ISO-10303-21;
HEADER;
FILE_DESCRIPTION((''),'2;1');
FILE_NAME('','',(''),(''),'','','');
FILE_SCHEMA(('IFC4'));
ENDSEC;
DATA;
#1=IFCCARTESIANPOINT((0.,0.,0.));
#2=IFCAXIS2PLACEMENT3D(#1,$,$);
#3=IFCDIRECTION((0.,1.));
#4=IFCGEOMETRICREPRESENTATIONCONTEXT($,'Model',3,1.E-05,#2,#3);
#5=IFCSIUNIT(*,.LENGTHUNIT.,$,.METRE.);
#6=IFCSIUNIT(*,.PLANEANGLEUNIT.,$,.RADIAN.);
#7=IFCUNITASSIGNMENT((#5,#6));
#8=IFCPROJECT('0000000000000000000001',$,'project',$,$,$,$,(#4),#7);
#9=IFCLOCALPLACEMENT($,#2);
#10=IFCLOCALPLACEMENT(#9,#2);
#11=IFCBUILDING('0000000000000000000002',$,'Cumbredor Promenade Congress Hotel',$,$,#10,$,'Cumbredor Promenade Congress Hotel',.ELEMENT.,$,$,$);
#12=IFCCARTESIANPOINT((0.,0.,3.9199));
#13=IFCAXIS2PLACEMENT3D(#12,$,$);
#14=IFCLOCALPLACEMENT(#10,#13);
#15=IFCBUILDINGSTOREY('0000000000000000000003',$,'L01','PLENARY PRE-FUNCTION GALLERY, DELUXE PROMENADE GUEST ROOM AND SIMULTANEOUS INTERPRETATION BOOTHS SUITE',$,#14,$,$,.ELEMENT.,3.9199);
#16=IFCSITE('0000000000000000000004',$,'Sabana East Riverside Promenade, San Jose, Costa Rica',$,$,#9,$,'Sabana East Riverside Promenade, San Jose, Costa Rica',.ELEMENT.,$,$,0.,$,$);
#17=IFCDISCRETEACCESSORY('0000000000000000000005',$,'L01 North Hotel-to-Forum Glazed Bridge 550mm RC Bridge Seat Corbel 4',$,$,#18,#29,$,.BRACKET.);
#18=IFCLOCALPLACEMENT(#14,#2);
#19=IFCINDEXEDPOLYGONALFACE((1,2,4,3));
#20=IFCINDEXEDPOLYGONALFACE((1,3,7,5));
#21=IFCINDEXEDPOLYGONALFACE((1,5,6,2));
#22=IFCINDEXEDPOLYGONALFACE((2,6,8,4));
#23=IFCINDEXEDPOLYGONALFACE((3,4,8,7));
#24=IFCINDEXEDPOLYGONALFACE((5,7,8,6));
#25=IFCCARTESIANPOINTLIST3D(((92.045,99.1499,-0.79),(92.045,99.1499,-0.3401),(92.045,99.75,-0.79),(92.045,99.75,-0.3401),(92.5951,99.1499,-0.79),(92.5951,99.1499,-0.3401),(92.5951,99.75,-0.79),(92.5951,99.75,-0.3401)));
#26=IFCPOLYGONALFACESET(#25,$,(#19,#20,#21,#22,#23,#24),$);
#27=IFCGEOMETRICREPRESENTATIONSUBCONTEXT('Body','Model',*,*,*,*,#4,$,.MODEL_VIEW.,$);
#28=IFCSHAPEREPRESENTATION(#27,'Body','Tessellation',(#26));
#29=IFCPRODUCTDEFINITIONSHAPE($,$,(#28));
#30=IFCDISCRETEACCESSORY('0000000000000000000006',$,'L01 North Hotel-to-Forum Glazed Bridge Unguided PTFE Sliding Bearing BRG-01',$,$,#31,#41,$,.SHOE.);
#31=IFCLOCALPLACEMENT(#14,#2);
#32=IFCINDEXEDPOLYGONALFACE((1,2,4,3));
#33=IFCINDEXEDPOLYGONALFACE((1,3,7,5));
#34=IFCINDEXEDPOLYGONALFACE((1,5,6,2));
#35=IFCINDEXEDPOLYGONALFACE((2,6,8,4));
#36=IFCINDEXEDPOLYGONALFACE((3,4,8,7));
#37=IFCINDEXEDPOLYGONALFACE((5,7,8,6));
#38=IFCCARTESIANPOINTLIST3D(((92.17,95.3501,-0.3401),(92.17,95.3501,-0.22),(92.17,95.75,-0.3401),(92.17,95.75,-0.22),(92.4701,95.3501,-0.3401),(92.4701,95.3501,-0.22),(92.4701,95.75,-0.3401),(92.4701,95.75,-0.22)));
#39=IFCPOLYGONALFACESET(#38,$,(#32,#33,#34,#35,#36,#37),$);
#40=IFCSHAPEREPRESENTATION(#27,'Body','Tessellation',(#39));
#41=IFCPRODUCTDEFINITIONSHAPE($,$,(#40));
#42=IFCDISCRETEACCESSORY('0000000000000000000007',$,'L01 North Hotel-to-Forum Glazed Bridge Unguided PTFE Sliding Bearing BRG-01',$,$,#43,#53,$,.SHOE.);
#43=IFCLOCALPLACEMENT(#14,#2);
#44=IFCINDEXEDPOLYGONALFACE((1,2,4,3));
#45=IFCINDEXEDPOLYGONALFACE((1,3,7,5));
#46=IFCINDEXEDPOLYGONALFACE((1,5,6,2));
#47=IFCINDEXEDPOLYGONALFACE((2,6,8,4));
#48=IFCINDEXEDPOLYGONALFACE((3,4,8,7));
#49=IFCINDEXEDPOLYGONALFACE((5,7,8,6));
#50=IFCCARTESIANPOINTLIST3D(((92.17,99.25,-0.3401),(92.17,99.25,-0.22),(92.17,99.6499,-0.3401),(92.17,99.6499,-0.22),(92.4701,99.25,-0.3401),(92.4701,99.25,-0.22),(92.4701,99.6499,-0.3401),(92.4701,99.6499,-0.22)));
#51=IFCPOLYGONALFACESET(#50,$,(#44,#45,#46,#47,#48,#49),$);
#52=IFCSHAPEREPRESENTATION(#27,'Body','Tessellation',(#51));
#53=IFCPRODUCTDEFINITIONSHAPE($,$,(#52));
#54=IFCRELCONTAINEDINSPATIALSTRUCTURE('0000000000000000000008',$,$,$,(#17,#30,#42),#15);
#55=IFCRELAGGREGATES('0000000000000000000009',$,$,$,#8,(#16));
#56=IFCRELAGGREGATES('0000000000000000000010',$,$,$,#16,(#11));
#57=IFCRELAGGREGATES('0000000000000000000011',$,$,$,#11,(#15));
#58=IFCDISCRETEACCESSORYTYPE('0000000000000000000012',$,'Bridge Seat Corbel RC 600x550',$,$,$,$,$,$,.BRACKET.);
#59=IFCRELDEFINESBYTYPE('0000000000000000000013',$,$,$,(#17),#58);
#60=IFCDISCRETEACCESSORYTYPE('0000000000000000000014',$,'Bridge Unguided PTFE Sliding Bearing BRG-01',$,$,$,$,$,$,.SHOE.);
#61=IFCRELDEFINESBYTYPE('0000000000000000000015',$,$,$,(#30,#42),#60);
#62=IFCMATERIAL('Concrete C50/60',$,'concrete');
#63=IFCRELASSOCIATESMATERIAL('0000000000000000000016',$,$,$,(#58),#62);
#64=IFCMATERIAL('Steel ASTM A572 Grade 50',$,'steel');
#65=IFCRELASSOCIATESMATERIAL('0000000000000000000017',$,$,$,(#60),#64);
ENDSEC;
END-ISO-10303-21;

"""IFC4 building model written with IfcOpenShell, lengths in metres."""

from ifc_helpers import new_model, si_unit, direction, frame, origin, origin_2d, place, context, subcontext, project, spatial, rectangle, extrude, material, type_object, element, save


model = new_model("IFC4")

# Units and contexts
model_context = context("Model", 3, precision=1e-05, world=origin(), true_north=direction((0.0, 1.0)))
body_context = subcontext(model_context, "Body", "Model", "MODEL_VIEW")
ifc_project = project(units=[si_unit("LENGTHUNIT", "METRE"), si_unit("PLANEANGLEUNIT", "RADIAN")], contexts=[model_context])

# Site, building, storey
site_placement = place(None, origin())
site = spatial("IfcSite", under=ifc_project, at=site_placement, Name="Sabana East Riverside Promenade, San Jose, Costa Rica", LongName="Sabana East Riverside Promenade, San Jose, Costa Rica", CompositionType="ELEMENT", RefElevation=0.0)
building_placement = place(site_placement, origin())
building = spatial("IfcBuilding", under=site, at=building_placement, Name="Cumbredor Promenade Congress Hotel", LongName="Cumbredor Promenade Congress Hotel", CompositionType="ELEMENT")
storey_placement = place(building_placement, frame((0.0, 0.0, 3.9199)))
storey = spatial("IfcBuildingStorey", under=building, at=storey_placement, Name="L01", Description="PLENARY PRE-FUNCTION GALLERY, DELUXE PROMENADE GUEST ROOM AND SIMULTANEOUS INTERPRETATION BOOTHS SUITE", CompositionType="ELEMENT", Elevation=3.9199)

# Shared definitions
ifc_material_1 = material(Name="Steel ASTM A572 Grade 50", Category="steel")

# Discrete accessories
ifc_material_2 = material(Name="Concrete C50/60", Category="concrete")
discrete_accessory_type_1 = type_object("IfcDiscreteAccessoryType", Name="Bridge Seat Corbel RC 600x550", PredefinedType="BRACKET", material=ifc_material_2)
for number, where, z_axis, x_axis, name in (
    (1, (92.3201, 99.45, -0.79), (0.0, 0.0, 1.0), (1.0, 0.0, 0.0), "L01 North Hotel-to-Forum Glazed Bridge 550mm RC Bridge Seat Corbel 4"),
):
    element("IfcDiscreteAccessory", number, at=place(storey_placement, frame(where, z_axis=z_axis, x_axis=x_axis)), inside=storey, type_object=discrete_accessory_type_1, Name=name, PredefinedType="BRACKET", context=body_context, shape_type="SweptSolid", body=[
        extrude(rectangle(XDim=0.55, YDim=0.6001, at=origin_2d()), origin(), (0.0, 0.0, 1.0), 0.45),
    ])
discrete_accessory_type_2 = type_object("IfcDiscreteAccessoryType", Name="Bridge Unguided PTFE Sliding Bearing BRG-01", PredefinedType="SHOE", material=ifc_material_1)
for number, where, z_axis, x_axis, name in (
    (2, (92.3201, 95.55, -0.3401), (0.0, 0.0, 1.0), (1.0, 0.0, 0.0), "L01 North Hotel-to-Forum Glazed Bridge Unguided PTFE Sliding Bearing BRG-01"),
    (3, (92.3201, 99.45, -0.3401), (0.0, 0.0, 1.0), (1.0, 0.0, 0.0), "L01 North Hotel-to-Forum Glazed Bridge Unguided PTFE Sliding Bearing BRG-01"),
):
    element("IfcDiscreteAccessory", number, at=place(storey_placement, frame(where, z_axis=z_axis, x_axis=x_axis)), inside=storey, type_object=discrete_accessory_type_2, Name=name, PredefinedType="SHOE", context=body_context, shape_type="SweptSolid", body=[
        extrude(rectangle(XDim=0.3, YDim=0.3999, at=origin_2d()), origin(), (0.0, 0.0, 1.0), 0.1201),
    ])

save(model, "model.ifc")
